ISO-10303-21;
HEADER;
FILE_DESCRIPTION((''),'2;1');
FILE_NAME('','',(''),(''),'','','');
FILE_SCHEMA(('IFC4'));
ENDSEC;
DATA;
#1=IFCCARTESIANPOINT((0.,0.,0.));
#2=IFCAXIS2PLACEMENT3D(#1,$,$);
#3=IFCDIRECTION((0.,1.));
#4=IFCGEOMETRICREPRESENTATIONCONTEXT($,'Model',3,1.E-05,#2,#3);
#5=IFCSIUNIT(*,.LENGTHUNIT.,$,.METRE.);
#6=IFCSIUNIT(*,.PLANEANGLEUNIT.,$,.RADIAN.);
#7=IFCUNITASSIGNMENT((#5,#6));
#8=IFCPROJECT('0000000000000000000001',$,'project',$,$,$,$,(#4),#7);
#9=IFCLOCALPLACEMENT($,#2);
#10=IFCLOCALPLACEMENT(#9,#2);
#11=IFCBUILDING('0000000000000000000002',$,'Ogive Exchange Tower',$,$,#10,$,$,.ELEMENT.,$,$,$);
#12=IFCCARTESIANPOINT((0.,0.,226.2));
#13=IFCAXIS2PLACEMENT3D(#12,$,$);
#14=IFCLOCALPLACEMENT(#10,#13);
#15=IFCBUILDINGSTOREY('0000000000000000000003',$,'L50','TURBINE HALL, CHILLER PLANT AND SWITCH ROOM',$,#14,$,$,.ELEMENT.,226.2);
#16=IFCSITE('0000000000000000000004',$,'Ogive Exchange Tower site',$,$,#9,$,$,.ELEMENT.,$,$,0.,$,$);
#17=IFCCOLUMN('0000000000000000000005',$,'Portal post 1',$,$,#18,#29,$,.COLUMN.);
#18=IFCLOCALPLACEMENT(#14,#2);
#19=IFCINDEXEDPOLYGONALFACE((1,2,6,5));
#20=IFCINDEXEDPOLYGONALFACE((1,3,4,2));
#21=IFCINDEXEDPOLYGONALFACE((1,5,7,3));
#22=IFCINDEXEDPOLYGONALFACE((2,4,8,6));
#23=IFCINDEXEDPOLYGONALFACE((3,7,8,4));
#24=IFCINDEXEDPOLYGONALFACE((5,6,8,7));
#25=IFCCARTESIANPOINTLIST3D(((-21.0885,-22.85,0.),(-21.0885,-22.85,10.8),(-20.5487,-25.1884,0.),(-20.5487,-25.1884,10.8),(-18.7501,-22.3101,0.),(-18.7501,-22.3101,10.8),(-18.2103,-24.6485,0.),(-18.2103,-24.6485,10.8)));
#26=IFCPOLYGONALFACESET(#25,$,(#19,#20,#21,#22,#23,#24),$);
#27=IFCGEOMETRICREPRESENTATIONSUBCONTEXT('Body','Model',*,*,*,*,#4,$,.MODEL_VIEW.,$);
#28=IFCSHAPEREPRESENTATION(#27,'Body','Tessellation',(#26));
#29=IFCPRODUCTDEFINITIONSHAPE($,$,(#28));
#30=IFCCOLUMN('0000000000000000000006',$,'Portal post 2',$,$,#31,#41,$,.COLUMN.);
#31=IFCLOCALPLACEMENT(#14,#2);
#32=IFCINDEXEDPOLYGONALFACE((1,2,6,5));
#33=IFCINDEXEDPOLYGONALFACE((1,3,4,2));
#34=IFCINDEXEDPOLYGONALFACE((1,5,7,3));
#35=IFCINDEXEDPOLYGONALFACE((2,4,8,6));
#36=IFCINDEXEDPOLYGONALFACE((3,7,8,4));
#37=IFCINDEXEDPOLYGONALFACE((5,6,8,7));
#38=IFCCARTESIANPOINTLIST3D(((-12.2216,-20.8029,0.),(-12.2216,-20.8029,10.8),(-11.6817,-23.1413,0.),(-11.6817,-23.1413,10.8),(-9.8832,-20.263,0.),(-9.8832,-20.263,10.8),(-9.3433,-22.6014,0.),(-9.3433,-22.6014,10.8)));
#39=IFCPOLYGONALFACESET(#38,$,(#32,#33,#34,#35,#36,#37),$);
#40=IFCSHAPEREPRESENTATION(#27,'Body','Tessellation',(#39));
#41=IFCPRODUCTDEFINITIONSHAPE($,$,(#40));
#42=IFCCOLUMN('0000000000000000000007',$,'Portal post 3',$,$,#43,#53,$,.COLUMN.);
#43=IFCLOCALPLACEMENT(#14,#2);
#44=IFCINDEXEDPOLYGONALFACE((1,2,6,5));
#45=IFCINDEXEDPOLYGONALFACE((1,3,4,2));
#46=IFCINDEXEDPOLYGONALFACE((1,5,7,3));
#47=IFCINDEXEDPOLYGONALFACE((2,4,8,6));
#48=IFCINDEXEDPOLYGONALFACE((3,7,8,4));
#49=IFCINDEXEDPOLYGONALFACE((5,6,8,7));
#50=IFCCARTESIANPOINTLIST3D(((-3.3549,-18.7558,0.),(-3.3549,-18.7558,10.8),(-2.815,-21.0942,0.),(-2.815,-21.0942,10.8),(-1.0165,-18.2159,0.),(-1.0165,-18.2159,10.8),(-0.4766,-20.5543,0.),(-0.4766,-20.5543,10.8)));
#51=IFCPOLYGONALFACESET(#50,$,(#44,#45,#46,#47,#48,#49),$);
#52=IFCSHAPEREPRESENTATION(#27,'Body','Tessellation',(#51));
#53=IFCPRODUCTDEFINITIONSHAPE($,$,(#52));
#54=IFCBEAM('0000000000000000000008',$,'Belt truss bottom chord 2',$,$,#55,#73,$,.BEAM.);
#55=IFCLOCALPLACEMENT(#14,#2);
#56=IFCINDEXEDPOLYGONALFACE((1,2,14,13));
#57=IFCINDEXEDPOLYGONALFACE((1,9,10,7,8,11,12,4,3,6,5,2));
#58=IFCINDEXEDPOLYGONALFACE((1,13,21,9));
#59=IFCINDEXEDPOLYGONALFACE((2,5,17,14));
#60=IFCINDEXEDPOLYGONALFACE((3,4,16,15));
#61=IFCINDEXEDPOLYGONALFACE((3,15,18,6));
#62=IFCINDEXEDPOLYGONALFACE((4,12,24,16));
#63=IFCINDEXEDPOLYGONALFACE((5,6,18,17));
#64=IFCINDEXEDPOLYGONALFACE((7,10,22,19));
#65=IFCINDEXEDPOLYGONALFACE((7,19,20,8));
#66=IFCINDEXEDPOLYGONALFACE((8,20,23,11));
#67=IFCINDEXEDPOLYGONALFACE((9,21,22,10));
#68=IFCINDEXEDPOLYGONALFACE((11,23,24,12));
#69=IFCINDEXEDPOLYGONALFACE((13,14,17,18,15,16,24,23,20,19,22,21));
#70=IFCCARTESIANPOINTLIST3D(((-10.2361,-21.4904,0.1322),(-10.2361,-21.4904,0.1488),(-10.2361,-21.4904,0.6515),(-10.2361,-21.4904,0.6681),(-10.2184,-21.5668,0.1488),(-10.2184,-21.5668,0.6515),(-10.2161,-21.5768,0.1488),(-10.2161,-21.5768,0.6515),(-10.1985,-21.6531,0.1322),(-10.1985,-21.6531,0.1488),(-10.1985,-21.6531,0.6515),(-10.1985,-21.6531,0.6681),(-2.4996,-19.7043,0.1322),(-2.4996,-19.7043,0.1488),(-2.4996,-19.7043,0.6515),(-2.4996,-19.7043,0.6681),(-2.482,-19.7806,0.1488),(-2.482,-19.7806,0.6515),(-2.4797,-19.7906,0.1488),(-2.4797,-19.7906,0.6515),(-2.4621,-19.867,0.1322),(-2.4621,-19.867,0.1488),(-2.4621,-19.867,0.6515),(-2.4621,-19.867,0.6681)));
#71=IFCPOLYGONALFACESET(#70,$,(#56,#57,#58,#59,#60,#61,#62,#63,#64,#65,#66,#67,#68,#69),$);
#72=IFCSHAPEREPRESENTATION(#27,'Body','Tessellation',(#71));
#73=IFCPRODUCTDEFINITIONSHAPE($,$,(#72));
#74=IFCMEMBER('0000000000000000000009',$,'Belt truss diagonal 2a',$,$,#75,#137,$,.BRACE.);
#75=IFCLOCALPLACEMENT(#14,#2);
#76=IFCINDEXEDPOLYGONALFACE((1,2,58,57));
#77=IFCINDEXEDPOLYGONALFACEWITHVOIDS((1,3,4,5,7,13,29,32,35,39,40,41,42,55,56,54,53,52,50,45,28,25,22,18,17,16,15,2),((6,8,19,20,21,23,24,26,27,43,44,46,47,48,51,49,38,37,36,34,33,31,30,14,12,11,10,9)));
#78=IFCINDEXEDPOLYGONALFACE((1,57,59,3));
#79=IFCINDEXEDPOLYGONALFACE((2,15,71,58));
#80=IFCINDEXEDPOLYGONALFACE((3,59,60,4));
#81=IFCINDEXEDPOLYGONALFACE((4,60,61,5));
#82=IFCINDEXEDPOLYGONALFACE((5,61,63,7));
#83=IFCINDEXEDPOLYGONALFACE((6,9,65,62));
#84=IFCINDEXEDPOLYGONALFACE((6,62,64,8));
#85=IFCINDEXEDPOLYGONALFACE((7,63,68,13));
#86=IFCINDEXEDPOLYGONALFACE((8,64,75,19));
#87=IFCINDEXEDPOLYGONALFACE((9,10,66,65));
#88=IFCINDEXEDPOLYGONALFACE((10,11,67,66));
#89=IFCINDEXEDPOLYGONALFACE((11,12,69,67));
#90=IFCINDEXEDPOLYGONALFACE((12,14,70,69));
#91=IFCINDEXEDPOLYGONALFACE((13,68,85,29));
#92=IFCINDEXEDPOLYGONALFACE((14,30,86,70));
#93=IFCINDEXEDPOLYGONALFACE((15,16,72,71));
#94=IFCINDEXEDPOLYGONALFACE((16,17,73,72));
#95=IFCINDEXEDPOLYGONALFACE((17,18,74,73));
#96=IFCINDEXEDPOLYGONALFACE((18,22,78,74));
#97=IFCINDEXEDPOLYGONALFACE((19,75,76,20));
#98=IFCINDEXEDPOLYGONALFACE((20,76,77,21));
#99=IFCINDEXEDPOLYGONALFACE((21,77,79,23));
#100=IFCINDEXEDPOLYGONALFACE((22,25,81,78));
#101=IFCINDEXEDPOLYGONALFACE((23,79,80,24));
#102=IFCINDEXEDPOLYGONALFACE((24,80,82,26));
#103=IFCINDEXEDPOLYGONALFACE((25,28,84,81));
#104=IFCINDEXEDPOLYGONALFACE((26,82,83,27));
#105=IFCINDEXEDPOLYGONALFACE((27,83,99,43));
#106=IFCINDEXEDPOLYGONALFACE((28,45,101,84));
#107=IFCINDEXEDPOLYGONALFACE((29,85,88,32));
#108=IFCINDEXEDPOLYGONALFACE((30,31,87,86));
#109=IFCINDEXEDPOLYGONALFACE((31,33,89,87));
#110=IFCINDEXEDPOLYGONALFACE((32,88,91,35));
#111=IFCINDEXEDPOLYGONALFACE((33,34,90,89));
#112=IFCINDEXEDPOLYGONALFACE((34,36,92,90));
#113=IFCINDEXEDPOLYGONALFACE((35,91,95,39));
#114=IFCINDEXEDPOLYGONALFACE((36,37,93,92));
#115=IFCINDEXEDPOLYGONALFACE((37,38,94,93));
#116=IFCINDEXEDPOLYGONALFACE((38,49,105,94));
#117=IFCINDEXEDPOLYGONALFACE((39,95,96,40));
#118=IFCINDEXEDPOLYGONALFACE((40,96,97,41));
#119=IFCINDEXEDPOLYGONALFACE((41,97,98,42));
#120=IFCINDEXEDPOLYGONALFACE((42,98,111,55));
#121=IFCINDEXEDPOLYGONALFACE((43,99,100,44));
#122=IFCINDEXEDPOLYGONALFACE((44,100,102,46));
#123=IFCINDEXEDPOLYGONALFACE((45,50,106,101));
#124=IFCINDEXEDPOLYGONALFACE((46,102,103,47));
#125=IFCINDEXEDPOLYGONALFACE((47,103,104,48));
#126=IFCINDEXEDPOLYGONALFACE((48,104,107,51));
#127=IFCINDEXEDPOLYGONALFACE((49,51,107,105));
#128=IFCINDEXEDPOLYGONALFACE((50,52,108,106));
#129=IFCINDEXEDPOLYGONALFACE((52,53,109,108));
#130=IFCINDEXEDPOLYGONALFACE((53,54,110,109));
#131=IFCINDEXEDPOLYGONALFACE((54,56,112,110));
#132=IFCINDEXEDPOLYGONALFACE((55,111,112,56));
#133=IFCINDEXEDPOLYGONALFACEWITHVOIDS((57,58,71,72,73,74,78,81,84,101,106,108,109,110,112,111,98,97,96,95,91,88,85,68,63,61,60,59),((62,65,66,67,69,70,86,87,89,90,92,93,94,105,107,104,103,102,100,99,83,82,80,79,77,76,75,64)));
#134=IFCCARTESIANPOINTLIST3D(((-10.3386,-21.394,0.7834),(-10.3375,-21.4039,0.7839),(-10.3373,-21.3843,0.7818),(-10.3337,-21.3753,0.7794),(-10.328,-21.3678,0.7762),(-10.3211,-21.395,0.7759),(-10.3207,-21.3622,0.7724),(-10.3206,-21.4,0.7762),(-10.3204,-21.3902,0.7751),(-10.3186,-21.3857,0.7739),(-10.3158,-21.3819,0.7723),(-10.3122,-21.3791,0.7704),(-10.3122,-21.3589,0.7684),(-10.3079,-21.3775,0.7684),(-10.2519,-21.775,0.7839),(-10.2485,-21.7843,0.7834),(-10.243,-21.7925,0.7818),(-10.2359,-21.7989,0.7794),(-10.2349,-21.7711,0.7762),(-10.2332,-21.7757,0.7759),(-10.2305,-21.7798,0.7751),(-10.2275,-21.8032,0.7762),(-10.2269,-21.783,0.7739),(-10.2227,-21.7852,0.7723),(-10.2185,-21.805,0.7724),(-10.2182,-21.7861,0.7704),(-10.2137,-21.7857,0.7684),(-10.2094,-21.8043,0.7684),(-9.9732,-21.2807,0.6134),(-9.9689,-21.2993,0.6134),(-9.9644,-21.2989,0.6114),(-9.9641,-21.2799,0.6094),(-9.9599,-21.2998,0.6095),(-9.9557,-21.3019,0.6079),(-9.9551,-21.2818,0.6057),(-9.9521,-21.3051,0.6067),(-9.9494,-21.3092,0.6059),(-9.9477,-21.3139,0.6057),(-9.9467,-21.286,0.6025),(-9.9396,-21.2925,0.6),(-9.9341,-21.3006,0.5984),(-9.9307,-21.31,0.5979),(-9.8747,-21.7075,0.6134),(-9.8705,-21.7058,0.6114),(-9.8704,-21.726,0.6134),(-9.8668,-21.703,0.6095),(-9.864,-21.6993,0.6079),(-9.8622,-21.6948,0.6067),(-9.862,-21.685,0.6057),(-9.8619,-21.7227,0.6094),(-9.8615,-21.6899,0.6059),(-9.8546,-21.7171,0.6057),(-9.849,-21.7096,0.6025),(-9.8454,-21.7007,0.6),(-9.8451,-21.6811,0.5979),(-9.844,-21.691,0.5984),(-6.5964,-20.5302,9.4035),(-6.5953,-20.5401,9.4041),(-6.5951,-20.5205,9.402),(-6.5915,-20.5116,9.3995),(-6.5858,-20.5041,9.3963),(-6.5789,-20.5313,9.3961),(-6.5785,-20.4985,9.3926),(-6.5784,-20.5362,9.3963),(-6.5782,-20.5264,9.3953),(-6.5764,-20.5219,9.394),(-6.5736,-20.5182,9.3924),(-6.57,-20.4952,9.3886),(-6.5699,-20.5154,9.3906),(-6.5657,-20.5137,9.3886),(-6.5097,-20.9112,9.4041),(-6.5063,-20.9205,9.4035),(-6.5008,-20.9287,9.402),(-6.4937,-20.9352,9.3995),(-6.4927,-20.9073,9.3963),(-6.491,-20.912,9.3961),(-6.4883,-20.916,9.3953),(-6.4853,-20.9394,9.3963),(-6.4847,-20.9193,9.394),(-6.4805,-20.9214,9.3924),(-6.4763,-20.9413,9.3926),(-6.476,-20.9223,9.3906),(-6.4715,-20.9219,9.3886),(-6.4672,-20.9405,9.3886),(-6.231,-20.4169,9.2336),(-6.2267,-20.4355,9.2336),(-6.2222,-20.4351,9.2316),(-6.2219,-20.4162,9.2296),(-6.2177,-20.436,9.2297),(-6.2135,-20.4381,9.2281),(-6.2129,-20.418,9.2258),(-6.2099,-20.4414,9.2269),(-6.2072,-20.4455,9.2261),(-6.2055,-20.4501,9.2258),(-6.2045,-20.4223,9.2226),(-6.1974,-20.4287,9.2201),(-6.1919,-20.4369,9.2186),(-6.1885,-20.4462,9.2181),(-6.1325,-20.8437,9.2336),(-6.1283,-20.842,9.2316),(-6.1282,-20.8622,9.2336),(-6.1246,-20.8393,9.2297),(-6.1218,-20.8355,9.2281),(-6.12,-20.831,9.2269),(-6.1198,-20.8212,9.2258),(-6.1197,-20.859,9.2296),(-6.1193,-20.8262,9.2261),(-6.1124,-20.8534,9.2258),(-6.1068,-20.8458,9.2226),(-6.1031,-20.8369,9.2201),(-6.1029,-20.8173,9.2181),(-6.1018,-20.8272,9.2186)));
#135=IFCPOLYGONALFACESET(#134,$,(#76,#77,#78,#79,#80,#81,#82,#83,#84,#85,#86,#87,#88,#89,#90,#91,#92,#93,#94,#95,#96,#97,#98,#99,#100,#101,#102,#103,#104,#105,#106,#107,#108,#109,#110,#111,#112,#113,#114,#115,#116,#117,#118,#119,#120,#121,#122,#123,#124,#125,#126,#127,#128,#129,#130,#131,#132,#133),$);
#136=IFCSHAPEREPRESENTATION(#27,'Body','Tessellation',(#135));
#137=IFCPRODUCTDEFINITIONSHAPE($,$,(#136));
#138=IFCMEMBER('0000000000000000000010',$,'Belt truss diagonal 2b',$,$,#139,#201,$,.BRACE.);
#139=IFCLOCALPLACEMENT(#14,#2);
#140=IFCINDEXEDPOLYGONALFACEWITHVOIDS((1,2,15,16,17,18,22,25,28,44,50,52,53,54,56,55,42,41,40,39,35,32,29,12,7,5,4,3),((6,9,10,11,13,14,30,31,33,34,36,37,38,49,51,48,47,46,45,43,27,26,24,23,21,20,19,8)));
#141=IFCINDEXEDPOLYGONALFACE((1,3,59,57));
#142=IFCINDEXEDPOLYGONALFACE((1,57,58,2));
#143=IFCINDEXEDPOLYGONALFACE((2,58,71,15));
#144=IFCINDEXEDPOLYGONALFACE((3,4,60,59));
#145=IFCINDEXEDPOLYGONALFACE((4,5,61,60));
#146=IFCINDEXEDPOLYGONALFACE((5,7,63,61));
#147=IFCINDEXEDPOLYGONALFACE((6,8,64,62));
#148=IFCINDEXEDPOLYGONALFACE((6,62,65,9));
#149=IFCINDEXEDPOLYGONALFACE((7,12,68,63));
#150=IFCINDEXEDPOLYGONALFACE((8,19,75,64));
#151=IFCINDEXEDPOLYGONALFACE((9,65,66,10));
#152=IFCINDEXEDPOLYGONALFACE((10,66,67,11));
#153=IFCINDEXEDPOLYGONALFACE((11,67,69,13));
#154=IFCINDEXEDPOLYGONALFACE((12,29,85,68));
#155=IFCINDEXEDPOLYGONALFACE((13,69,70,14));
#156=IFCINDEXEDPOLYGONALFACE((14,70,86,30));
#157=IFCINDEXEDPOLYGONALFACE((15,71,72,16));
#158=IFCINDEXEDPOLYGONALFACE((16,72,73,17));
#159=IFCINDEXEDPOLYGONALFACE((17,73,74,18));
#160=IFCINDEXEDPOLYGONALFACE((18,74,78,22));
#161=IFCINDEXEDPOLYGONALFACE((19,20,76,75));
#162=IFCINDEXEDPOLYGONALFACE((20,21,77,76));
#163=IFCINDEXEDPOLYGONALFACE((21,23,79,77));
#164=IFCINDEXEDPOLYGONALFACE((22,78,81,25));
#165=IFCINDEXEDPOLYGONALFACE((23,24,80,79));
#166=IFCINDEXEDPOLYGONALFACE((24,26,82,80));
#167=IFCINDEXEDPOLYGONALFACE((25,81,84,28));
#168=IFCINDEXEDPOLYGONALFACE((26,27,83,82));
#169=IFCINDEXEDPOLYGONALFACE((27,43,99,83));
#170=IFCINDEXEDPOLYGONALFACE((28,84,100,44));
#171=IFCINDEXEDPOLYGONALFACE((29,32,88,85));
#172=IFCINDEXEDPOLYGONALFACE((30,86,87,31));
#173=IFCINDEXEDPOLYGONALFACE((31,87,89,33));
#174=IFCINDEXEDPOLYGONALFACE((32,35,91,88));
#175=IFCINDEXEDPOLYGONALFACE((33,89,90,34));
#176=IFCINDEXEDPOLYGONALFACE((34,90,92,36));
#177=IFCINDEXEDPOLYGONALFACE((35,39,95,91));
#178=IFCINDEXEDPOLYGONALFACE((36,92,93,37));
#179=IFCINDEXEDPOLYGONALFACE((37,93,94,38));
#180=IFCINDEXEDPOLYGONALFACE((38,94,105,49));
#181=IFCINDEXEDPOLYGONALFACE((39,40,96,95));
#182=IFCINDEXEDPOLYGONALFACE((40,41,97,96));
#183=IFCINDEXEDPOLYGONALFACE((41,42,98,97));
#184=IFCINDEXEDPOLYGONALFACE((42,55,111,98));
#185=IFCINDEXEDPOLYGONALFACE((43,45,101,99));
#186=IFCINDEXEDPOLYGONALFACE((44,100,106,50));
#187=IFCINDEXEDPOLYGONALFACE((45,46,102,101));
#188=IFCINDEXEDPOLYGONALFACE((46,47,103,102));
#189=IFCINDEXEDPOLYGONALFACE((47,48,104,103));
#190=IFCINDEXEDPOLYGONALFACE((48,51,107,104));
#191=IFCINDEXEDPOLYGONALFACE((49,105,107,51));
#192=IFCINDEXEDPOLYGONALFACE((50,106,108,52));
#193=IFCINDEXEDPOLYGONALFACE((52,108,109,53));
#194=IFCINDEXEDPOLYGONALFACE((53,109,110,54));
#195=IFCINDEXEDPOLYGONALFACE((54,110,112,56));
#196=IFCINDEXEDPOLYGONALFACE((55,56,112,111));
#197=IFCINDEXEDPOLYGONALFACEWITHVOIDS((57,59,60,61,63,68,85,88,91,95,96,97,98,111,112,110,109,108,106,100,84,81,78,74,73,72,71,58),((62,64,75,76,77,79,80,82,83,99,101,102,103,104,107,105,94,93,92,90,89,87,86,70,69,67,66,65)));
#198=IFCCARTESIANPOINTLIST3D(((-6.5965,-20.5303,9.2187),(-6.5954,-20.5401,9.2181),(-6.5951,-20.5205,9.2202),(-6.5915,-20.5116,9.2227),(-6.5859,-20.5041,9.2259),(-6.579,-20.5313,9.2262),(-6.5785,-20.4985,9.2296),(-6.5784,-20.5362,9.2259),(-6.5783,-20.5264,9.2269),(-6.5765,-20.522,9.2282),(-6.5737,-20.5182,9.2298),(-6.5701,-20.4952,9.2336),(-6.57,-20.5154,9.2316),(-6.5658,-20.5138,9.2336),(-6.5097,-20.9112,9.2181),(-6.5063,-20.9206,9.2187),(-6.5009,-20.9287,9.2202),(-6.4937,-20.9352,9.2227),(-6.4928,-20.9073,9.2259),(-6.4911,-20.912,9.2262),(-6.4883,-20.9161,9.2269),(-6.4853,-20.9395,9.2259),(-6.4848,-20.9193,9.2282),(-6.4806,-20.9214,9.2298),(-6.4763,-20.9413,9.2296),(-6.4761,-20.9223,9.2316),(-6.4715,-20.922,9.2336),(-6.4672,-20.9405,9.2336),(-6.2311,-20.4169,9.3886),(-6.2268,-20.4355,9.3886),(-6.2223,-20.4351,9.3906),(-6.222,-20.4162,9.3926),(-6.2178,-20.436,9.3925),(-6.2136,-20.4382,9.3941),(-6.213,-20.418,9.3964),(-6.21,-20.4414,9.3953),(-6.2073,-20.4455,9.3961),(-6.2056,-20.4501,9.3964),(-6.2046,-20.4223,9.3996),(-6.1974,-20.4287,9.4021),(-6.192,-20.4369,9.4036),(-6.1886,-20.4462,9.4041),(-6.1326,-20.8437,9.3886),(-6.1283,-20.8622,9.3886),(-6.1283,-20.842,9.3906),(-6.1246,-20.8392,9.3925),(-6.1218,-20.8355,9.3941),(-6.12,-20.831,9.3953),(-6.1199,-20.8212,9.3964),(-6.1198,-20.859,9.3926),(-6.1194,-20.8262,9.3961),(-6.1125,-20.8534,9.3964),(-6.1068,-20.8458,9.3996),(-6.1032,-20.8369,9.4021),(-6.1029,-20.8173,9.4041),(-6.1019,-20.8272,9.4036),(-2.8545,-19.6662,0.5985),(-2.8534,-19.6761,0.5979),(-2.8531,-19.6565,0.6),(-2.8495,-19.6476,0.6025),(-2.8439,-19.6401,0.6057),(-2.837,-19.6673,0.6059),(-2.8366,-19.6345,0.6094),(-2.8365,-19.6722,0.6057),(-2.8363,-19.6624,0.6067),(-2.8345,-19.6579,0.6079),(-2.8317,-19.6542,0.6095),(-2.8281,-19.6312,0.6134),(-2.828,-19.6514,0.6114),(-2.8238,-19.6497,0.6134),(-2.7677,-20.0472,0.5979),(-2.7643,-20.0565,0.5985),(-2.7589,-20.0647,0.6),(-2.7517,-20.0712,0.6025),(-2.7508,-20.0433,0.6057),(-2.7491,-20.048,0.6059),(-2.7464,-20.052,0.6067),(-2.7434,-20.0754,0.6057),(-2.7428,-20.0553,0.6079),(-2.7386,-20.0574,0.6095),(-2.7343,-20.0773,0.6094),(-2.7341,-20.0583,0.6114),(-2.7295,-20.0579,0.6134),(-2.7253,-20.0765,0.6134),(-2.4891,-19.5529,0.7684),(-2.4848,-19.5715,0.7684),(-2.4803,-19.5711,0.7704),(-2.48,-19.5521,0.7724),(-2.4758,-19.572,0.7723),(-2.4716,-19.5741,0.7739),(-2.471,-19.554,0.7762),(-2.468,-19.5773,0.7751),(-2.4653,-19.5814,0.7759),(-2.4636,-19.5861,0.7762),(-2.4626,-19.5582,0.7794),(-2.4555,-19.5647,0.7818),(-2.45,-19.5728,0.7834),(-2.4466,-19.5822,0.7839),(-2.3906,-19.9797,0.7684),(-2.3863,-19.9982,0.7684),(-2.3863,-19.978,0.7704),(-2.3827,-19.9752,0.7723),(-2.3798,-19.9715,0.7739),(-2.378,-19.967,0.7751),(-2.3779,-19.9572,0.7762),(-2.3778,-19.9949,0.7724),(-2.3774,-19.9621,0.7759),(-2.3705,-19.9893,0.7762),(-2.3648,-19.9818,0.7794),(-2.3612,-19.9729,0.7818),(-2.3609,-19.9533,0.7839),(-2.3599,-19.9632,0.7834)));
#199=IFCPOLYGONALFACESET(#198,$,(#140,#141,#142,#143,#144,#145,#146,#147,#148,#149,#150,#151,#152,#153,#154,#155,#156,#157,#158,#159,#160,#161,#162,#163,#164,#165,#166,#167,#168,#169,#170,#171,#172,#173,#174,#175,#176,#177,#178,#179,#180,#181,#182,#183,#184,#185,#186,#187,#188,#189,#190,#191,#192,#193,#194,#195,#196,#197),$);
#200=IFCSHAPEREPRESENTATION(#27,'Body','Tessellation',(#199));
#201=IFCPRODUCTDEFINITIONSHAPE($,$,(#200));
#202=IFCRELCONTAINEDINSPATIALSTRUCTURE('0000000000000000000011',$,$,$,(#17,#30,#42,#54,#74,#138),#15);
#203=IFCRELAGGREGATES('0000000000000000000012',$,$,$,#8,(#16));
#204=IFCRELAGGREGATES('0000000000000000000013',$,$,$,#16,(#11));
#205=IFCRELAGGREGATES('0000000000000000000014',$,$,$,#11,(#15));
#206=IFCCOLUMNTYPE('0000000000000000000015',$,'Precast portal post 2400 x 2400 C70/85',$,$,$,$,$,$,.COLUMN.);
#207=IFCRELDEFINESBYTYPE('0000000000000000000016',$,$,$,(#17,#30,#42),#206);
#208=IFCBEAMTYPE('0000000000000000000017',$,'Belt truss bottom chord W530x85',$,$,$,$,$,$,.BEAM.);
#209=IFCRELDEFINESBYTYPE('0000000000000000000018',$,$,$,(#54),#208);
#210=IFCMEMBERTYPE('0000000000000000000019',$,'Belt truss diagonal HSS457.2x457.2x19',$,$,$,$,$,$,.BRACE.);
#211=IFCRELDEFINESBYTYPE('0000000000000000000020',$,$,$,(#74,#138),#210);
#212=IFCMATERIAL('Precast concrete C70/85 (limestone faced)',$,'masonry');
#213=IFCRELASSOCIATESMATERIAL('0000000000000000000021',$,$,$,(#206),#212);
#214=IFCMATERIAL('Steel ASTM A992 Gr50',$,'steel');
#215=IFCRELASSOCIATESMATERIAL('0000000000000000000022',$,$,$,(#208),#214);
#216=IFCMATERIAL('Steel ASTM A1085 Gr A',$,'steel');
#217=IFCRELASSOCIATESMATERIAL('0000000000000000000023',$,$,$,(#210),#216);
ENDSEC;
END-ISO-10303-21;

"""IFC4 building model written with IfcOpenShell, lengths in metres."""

from ifc_helpers import new_model, si_unit, direction, frame, origin, origin_2d, place, context, subcontext, project, spatial, rectangle, hollow_rectangle, i_section, extrude, material, material_profile, profile_set, type_object, element, save


model = new_model("IFC4")

# Units and contexts
model_context = context("Model", 3, precision=1e-05, world=origin(), true_north=direction((0.0, 1.0)))
body_context = subcontext(model_context, "Body", "Model", "MODEL_VIEW")
ifc_project = project(units=[si_unit("LENGTHUNIT", "METRE"), si_unit("PLANEANGLEUNIT", "RADIAN")], contexts=[model_context])

# Site, building, storey
site_placement = place(None, origin())
site = spatial("IfcSite", under=ifc_project, at=site_placement, Name="Ogive Exchange Tower site", CompositionType="ELEMENT", RefElevation=0.0)
building_placement = place(site_placement, origin())
building = spatial("IfcBuilding", under=site, at=building_placement, Name="Ogive Exchange Tower", CompositionType="ELEMENT")
storey_placement = place(building_placement, frame((0.0, 0.0, 226.2)))
storey = spatial("IfcBuildingStorey", under=building, at=storey_placement, Name="L50", Description="TURBINE HALL, CHILLER PLANT AND SWITCH ROOM", CompositionType="ELEMENT", Elevation=226.2)

# Columns
ifc_material_1 = material(Name="Precast concrete C70/85 (limestone faced)", Category="masonry")
ifc_material_profile_1 = material_profile(ifc_material_1, rectangle(XDim=2.3999, YDim=2.3999, at=origin_2d()), Name="2400 x 2400")
ifc_profile_set_1 = profile_set([ifc_material_profile_1], Name="Precast concrete C70/85 (limestone faced)")
column_type = type_object("IfcColumnType", Name="Precast portal post 2400 x 2400 C70/85", PredefinedType="COLUMN", material=ifc_profile_set_1)
for number, where, z_axis, x_axis, name in (
    (1, (-19.6494, -23.7493, 0.0), (0.0, 0.0, 1.0), (0.97437, 0.224951, 0.0), "Portal post 1"),
    (2, (-10.7825, -21.7021, 0.0), (0.0, 0.0, 1.0), (0.97437, 0.224951, 0.0), "Portal post 2"),
    (3, (-1.9158, -19.655, 0.0), (0.0, 0.0, 1.0), (0.97437, 0.224951, 0.0), "Portal post 3"),
):
    element("IfcColumn", number, at=place(storey_placement, frame(where, z_axis=z_axis, x_axis=x_axis)), inside=storey, type_object=column_type, Name=name, PredefinedType="COLUMN", context=body_context, shape_type="SweptSolid", body=[
        extrude(rectangle(XDim=2.3999, YDim=2.3999, at=origin_2d()), origin(), (0.0, 0.0, 1.0), 10.8),
    ])

# Beam
ifc_material_2 = material(Name="Steel ASTM A992 Gr50", Category="steel")
ifc_material_profile_2 = material_profile(ifc_material_2, i_section(OverallWidth=0.167, OverallDepth=0.5359, WebThickness=0.0103, FlangeThickness=0.0166, at=origin_2d()), Name="W530x85")
ifc_profile_set_2 = profile_set([ifc_material_profile_2], Name="Steel ASTM A992 Gr50")
beam_type_1 = type_object("IfcBeamType", Name="Belt truss bottom chord W530x85", PredefinedType="BEAM", material=ifc_profile_set_2)
beam_1_placement = place(storey_placement, frame((-10.2173, -21.5718, 0.4001), z_axis=(0.974368, 0.224958, 0.0), x_axis=(-0.224958, 0.974368, 0.0)))
element("IfcBeam", 4, at=beam_1_placement, inside=storey, type_object=beam_type_1, Name="Belt truss bottom chord 2", PredefinedType="BEAM", context=body_context, shape_type="SweptSolid", body=[
    extrude(i_section(OverallWidth=0.167, OverallDepth=0.5359, WebThickness=0.0103, FlangeThickness=0.0166, at=origin_2d()), origin(), (0.0, 0.0, 1.0), 7.9399),
])

# Members
ifc_material_3 = material(Name="Steel ASTM A1085 Gr A", Category="steel")
ifc_material_profile_3 = material_profile(ifc_material_3, hollow_rectangle(XDim=0.457, YDim=0.457, WallThickness=0.019, InnerFilletRadius=0.019, OuterFilletRadius=0.0381, at=origin_2d()), Name="HSS457.2x457.2x19")
ifc_profile_set_3 = profile_set([ifc_material_profile_3], Name="Steel ASTM A1085 Gr A")
member_type_1 = type_object("IfcMemberType", Name="Belt truss diagonal HSS457.2x457.2x19", PredefinedType="BRACE", material=ifc_profile_set_3)
for number, where, z_axis, x_axis, name in (
    (5, (-10.0913, -21.5425, 0.6909), (0.396545, 0.09153, 0.913441), (-0.224906, 0.97438, 0.0), "Belt truss diagonal 2a"),
    (6, (-2.6072, -19.8147, 0.6909), (-0.396523, -0.091557, 0.913448), (0.22498, -0.974363, 0.0), "Belt truss diagonal 2b"),
):
    element("IfcMember", number, at=place(storey_placement, frame(where, z_axis=z_axis, x_axis=x_axis)), inside=storey, type_object=member_type_1, Name=name, PredefinedType="BRACE", context=body_context, shape_type="SweptSolid", body=[
        extrude(hollow_rectangle(XDim=0.457, YDim=0.457, WallThickness=0.019, InnerFilletRadius=0.019, OuterFilletRadius=0.0381, at=origin_2d()), origin(), (0.0, 0.0, 1.0), 9.437),
    ])

save(model, "model.ifc")
